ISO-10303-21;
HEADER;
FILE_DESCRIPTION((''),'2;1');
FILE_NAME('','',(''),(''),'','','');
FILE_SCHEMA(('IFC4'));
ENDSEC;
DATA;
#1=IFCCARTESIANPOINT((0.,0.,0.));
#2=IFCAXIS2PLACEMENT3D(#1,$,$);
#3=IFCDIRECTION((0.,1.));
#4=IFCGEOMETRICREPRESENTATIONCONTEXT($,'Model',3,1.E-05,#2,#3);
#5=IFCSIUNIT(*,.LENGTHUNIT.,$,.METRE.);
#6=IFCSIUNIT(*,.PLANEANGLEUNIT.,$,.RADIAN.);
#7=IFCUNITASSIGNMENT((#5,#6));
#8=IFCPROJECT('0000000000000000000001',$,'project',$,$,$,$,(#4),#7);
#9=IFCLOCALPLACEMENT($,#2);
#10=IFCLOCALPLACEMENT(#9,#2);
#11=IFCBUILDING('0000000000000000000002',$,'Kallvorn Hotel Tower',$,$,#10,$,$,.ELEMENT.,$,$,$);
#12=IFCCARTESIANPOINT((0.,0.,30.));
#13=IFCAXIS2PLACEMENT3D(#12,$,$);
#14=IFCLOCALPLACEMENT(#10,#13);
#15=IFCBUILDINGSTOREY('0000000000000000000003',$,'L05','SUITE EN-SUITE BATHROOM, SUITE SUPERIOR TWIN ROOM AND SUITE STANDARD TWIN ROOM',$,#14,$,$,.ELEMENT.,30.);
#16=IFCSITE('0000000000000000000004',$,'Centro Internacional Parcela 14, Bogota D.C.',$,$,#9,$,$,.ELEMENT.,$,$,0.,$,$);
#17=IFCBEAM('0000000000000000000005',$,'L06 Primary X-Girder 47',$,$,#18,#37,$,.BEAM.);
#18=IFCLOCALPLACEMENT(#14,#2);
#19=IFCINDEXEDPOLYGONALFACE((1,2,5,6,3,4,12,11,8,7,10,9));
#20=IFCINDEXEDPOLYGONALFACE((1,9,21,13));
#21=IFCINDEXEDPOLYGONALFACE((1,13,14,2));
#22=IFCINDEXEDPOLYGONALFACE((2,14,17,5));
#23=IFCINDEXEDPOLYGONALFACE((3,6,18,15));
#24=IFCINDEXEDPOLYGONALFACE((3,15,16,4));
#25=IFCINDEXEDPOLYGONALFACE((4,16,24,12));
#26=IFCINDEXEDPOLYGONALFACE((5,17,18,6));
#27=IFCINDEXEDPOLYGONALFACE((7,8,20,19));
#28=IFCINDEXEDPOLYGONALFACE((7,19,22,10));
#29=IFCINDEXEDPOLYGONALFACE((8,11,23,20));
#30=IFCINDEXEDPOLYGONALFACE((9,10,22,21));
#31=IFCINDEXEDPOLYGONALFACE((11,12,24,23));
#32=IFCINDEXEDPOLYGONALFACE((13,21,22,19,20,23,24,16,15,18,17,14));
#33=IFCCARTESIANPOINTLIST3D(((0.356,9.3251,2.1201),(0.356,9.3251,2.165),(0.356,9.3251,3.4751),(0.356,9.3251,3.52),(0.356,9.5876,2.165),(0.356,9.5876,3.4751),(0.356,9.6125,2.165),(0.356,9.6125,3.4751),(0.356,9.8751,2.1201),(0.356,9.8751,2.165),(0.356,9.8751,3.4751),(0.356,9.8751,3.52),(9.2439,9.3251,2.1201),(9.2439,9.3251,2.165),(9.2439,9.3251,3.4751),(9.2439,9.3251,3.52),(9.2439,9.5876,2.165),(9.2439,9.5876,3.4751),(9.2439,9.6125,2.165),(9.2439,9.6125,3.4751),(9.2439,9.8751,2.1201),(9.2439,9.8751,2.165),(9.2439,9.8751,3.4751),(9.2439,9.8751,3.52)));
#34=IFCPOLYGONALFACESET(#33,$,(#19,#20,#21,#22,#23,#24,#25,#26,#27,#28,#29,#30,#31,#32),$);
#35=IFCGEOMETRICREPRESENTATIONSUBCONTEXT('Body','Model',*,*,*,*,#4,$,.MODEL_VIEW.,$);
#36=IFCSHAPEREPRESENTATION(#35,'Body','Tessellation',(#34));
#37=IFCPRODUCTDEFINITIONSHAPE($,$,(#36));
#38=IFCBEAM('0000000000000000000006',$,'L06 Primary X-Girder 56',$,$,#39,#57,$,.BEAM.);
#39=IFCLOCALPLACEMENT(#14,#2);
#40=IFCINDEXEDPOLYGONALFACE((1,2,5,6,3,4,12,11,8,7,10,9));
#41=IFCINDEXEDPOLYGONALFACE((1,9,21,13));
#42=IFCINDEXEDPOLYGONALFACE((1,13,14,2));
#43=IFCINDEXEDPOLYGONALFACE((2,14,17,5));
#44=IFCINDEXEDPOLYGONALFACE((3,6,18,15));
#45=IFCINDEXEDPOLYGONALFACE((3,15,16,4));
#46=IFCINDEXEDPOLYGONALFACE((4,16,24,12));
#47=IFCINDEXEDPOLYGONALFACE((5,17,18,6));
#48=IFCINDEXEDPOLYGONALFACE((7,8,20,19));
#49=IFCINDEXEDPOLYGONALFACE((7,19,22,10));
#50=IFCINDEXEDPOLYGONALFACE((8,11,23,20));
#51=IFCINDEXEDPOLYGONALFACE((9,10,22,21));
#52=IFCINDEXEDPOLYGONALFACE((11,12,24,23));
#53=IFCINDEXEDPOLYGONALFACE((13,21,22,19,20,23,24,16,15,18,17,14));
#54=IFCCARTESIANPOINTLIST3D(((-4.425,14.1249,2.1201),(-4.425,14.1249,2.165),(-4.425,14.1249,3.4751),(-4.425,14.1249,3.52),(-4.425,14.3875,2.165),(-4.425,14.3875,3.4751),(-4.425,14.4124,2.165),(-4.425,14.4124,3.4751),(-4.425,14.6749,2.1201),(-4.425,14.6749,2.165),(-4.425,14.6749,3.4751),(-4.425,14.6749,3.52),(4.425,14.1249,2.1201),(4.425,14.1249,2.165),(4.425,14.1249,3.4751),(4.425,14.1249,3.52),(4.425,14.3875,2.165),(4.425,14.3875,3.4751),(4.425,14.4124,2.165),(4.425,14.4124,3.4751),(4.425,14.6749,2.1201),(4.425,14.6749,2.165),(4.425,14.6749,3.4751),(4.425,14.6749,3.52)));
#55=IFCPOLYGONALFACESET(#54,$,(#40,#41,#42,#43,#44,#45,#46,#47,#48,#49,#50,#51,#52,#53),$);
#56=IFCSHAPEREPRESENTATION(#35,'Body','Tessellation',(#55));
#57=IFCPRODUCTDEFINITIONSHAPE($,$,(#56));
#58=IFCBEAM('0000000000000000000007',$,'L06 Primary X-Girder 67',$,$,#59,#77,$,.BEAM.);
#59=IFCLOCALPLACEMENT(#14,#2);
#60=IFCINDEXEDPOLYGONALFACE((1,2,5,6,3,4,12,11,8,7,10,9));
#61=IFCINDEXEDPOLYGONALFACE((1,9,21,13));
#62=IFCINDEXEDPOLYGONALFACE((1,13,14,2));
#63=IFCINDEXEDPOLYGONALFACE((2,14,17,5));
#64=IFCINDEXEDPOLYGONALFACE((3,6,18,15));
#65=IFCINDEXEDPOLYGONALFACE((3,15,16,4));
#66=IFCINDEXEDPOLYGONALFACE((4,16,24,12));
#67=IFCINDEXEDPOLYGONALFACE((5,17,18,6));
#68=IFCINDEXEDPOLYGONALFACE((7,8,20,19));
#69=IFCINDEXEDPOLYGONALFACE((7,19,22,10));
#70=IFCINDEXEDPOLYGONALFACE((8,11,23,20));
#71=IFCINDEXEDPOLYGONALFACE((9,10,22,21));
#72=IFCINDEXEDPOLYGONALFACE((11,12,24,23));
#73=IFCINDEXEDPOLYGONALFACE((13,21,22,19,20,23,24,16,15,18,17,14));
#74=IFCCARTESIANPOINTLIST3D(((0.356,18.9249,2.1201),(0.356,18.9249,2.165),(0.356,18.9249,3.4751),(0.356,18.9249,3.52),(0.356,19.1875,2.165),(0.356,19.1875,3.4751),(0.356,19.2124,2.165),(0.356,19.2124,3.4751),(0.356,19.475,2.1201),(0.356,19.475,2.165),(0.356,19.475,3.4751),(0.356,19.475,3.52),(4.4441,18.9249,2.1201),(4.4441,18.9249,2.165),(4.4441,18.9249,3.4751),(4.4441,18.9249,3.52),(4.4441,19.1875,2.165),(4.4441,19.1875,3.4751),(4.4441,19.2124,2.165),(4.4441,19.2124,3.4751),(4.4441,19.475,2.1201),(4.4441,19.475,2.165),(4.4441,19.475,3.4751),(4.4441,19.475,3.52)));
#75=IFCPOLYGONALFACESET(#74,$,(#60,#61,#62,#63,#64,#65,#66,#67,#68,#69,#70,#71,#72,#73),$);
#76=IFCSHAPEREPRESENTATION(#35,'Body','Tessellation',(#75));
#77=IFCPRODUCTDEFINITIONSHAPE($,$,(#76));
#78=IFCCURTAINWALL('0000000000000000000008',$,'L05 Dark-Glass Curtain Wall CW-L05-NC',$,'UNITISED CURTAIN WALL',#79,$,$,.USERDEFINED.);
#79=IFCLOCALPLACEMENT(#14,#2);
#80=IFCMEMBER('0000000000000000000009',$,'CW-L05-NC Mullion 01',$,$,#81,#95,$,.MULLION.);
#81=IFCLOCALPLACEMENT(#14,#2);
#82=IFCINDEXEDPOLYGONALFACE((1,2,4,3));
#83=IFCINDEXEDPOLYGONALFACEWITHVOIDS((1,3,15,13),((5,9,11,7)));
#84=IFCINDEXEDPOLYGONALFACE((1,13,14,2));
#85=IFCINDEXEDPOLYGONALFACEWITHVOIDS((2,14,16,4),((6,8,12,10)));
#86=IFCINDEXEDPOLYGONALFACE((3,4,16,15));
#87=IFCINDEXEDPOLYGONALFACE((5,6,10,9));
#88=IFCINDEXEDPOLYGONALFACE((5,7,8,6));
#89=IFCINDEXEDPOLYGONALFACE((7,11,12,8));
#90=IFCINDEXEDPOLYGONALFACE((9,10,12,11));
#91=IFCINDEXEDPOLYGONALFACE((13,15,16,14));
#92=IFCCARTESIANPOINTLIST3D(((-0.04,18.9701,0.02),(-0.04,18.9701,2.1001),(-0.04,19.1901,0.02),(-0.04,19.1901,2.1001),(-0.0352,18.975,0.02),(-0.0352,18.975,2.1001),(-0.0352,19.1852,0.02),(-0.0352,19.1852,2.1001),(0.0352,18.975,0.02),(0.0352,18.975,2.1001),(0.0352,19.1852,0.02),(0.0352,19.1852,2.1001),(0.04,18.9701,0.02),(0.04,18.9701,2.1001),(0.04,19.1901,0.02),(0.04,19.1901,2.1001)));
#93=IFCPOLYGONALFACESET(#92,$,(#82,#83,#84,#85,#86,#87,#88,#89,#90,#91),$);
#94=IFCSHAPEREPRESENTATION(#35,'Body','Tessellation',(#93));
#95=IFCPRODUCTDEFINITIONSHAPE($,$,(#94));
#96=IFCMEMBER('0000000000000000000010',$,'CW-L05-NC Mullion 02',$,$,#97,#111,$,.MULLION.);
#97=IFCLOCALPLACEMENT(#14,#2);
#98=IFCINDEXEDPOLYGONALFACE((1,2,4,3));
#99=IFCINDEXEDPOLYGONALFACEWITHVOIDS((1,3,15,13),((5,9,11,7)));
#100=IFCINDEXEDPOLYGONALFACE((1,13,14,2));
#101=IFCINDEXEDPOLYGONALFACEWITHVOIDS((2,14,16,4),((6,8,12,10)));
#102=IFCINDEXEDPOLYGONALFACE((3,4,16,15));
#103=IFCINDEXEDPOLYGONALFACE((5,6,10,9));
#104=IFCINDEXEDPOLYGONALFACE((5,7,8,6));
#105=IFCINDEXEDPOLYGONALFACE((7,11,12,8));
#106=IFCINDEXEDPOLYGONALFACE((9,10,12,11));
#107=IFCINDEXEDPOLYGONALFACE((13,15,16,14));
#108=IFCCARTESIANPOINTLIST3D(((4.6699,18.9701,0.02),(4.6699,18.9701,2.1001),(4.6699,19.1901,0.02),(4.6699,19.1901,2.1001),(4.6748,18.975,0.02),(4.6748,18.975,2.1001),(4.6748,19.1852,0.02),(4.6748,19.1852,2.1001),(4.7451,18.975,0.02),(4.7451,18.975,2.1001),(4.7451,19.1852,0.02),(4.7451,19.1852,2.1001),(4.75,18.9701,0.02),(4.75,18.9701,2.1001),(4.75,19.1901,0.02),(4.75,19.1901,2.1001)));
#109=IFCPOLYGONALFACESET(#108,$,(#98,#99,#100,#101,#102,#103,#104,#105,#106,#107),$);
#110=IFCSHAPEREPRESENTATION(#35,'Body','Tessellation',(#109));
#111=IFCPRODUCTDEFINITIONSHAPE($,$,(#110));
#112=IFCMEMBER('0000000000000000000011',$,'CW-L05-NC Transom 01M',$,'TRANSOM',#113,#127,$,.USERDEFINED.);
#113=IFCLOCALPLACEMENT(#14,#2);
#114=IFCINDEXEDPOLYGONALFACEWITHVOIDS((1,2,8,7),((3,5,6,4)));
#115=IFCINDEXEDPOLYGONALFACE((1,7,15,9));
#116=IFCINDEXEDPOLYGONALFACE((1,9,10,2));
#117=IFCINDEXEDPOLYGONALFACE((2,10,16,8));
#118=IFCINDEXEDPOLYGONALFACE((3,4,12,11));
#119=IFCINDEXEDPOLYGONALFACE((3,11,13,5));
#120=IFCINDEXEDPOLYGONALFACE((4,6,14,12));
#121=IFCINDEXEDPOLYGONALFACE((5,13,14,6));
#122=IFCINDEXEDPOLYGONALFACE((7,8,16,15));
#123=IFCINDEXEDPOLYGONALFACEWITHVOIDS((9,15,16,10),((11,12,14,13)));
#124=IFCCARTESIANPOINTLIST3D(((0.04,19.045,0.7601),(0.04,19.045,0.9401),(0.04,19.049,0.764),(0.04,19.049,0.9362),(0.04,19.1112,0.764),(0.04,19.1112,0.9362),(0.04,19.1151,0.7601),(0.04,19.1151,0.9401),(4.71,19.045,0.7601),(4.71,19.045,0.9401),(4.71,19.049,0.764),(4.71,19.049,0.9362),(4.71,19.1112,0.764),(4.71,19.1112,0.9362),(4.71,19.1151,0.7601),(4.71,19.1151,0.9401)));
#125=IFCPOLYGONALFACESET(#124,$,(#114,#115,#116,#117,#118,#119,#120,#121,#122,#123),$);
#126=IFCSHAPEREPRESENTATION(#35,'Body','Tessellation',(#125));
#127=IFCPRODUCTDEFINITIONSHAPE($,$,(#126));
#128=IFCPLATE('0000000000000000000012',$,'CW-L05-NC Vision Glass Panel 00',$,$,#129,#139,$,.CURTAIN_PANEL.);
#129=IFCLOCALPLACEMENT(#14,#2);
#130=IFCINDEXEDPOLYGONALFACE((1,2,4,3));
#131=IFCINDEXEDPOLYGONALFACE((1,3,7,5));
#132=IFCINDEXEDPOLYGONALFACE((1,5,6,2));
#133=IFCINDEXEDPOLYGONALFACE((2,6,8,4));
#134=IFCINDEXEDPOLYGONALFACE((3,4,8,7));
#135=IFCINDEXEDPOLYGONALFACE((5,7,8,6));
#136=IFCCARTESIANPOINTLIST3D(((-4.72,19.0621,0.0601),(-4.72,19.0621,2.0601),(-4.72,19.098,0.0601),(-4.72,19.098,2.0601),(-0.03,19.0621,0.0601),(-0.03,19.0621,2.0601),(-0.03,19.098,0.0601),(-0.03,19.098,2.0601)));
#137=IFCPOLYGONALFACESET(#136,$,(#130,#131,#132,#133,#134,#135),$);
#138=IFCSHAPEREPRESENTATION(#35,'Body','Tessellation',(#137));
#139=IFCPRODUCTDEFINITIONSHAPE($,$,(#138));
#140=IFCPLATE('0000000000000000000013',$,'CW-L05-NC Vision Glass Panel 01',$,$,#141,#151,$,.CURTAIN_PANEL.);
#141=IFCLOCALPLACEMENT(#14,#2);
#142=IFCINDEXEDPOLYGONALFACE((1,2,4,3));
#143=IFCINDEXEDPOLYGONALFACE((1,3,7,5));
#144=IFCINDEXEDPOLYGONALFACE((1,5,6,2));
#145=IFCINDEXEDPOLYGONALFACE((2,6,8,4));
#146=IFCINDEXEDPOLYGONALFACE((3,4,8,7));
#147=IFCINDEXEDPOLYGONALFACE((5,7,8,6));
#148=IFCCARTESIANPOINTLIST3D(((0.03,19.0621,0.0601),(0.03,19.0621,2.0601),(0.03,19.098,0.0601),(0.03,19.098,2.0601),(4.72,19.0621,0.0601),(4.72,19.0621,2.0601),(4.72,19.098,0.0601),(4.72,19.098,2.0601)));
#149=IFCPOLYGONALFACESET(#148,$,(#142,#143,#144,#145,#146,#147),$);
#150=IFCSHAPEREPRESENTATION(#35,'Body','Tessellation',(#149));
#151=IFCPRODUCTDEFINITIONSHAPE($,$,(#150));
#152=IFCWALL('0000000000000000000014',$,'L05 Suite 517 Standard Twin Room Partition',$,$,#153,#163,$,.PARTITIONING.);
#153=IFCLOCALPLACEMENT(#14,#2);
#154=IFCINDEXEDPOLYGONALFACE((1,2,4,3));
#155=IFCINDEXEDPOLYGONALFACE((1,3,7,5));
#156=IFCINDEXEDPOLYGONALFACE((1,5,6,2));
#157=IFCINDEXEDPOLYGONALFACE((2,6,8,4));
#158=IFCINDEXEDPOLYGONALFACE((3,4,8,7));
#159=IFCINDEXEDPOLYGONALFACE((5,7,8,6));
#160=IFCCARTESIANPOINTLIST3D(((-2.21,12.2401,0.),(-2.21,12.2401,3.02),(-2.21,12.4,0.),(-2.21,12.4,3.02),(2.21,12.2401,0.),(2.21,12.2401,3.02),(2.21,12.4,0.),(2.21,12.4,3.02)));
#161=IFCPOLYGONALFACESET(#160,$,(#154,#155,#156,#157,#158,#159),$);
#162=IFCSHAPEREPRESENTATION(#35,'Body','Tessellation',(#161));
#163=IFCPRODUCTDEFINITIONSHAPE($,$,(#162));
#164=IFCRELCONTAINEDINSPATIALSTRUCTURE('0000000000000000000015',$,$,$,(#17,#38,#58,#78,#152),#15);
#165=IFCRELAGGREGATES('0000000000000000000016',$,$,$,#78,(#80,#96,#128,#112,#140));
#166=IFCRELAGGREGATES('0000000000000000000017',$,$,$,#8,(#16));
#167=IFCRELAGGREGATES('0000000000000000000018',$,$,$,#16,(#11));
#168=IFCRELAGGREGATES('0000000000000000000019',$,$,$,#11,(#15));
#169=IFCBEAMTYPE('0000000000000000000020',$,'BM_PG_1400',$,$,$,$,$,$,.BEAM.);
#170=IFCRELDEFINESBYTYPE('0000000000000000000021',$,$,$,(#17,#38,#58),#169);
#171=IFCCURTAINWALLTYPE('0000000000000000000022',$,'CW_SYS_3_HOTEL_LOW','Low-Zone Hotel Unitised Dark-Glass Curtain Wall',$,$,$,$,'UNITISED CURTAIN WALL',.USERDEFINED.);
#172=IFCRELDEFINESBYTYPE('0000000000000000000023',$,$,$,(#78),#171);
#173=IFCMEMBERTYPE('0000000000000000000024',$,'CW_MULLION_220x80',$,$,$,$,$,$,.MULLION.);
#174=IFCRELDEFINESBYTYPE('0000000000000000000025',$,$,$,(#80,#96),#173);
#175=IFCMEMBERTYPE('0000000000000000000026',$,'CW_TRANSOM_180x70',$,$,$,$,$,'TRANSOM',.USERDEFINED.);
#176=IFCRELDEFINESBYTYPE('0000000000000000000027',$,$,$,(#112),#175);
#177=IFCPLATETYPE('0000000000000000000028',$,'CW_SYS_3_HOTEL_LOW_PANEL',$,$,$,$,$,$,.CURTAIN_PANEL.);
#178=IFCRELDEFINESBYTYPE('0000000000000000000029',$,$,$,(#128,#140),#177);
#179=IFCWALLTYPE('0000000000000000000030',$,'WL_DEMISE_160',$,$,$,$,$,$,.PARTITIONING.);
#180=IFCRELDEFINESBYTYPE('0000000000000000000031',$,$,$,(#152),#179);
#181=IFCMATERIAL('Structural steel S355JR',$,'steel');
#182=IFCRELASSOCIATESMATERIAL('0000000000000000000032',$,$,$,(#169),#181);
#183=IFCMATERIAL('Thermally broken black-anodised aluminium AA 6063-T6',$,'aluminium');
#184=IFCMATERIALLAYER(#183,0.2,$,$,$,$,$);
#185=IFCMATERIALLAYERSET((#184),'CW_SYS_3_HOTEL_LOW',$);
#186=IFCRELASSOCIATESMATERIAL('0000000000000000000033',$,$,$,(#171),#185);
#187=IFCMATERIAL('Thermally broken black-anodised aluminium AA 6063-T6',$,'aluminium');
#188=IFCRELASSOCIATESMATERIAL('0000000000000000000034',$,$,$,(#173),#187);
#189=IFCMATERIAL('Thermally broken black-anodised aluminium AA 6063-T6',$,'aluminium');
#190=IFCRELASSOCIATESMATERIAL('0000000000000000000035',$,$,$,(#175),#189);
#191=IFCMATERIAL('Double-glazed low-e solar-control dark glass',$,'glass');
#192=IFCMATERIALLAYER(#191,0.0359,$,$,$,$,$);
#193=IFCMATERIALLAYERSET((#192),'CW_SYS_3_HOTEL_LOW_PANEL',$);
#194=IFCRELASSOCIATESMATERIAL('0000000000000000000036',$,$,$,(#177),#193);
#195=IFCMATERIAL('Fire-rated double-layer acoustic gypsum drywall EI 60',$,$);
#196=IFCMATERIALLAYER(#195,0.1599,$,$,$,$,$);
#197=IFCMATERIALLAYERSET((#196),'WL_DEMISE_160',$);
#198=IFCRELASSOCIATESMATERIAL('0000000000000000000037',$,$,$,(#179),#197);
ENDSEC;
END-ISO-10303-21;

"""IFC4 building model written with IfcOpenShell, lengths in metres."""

from ifc_helpers import new_model, si_unit, direction, frame, frame_2d, origin, origin_2d, place, context, subcontext, project, spatial, rectangle, hollow_rectangle, i_section, extrude, material, layer, layer_set, material_profile, profile_set, type_object, element, aggregate, save


model = new_model("IFC4")

# Units and contexts
model_context = context("Model", 3, precision=1e-05, world=origin(), true_north=direction((0.0, 1.0)))
body_context = subcontext(model_context, "Body", "Model", "MODEL_VIEW")
ifc_project = project(units=[si_unit("LENGTHUNIT", "METRE"), si_unit("PLANEANGLEUNIT", "RADIAN")], contexts=[model_context])

# Site, building, storey
site_placement = place(None, origin())
site = spatial("IfcSite", under=ifc_project, at=site_placement, Name="Centro Internacional Parcela 14, Bogota D.C.", CompositionType="ELEMENT", RefElevation=0.0)
building_placement = place(site_placement, origin())
building = spatial("IfcBuilding", under=site, at=building_placement, Name="Kallvorn Hotel Tower", CompositionType="ELEMENT")
storey_placement = place(building_placement, frame((0.0, 0.0, 30.0)))
storey = spatial("IfcBuildingStorey", under=building, at=storey_placement, Name="L05", Description="SUITE EN-SUITE BATHROOM, SUITE SUPERIOR TWIN ROOM AND SUITE STANDARD TWIN ROOM", CompositionType="ELEMENT", Elevation=30.0)

# Beams
ifc_material_1 = material(Name="Structural steel S355JR", Category="steel")
ifc_material_profile_1 = material_profile(ifc_material_1, i_section(OverallWidth=0.55, OverallDepth=1.3999, WebThickness=0.0249, FlangeThickness=0.0449, at=origin_2d()), Name="PG 1400x550x25x45")
ifc_profile_set_1 = profile_set([ifc_material_profile_1], Name="Structural steel S355JR")
beam_type_1 = type_object("IfcBeamType", Name="BM_PG_1400", PredefinedType="BEAM", material=ifc_profile_set_1)
beam_1_placement = place(storey_placement, frame((0.356, 9.6001, 2.8201), z_axis=(1.0, 0.0, 0.0), x_axis=(0.0, 1.0, 0.0)))
element("IfcBeam", 1, at=beam_1_placement, inside=storey, type_object=beam_type_1, Name="L06 Primary X-Girder 47", PredefinedType="BEAM", context=body_context, shape_type="SweptSolid", body=[
    extrude(i_section(OverallWidth=0.55, OverallDepth=1.3999, WebThickness=0.0249, FlangeThickness=0.0449, at=origin_2d()), origin(), (0.0, 0.0, 1.0), 8.8879),
])
beam_2_placement = place(storey_placement, frame((-4.425, 14.3999, 2.8201), z_axis=(1.0, 0.0, 0.0), x_axis=(0.0, 1.0, 0.0)))
element("IfcBeam", 2, at=beam_2_placement, inside=storey, type_object=beam_type_1, Name="L06 Primary X-Girder 56", PredefinedType="BEAM", context=body_context, shape_type="SweptSolid", body=[
    extrude(i_section(OverallWidth=0.55, OverallDepth=1.3999, WebThickness=0.0249, FlangeThickness=0.0449, at=origin_2d()), origin(), (0.0, 0.0, 1.0), 8.8501),
])
beam_3_placement = place(storey_placement, frame((0.356, 19.2, 2.8201), z_axis=(1.0, 0.0, 0.0), x_axis=(0.0, 1.0, 0.0)))
element("IfcBeam", 3, at=beam_3_placement, inside=storey, type_object=beam_type_1, Name="L06 Primary X-Girder 67", PredefinedType="BEAM", context=body_context, shape_type="SweptSolid", body=[
    extrude(i_section(OverallWidth=0.55, OverallDepth=1.3999, WebThickness=0.0249, FlangeThickness=0.0449, at=origin_2d()), origin(), (0.0, 0.0, 1.0), 4.0881),
])

# Curtain wall, members, plates
ifc_material_2 = material(Name="Thermally broken black-anodised aluminium AA 6063-T6", Category="aluminium")
ifc_layer_1 = layer(ifc_material_2, 0.2)
ifc_layer_set_1 = layer_set([ifc_layer_1], Name="CW_SYS_3_HOTEL_LOW")
curtain_wall_type = type_object("IfcCurtainWallType", Name="CW_SYS_3_HOTEL_LOW", Description="Low-Zone Hotel Unitised Dark-Glass Curtain Wall", ElementType="UNITISED CURTAIN WALL", PredefinedType="USERDEFINED", material=ifc_layer_set_1)
curtain_wall_placement = place(storey_placement, origin())
curtain_wall = element("IfcCurtainWall", 4, at=curtain_wall_placement, inside=storey, type_object=curtain_wall_type, Name="L05 Dark-Glass Curtain Wall CW-L05-NC", ObjectType="UNITISED CURTAIN WALL", PredefinedType="USERDEFINED")
ifc_material_3 = material(Name="Thermally broken black-anodised aluminium AA 6063-T6", Category="aluminium")
ifc_material_profile_2 = material_profile(ifc_material_3, hollow_rectangle(XDim=0.0801, YDim=0.22, WallThickness=0.0049, at=origin_2d()), Name="MUL 220x80")
ifc_profile_set_2 = profile_set([ifc_material_profile_2], Name="Thermally broken black-anodised aluminium AA 6063-T6")
member_type_1 = type_object("IfcMemberType", Name="CW_MULLION_220x80", PredefinedType="MULLION", material=ifc_profile_set_2)
member_1_placement = place(storey_placement, frame((0.0, 19.0801, 0.02), z_axis=(0.0, 0.0, 1.0), x_axis=(1.0, 0.0, 0.0)))
member_1 = element("IfcMember", 5, at=member_1_placement, type_object=member_type_1, Name="CW-L05-NC Mullion 01", PredefinedType="MULLION", context=body_context, shape_type="SweptSolid", body=[
    extrude(hollow_rectangle(XDim=0.0801, YDim=0.22, WallThickness=0.0049, at=origin_2d()), origin(), (0.0, 0.0, 1.0), 2.0801),
])
member_2_placement = place(storey_placement, frame((4.71, 19.0801, 0.02), z_axis=(0.0, 0.0, 1.0), x_axis=(1.0, 0.0, 0.0)))
member_2 = element("IfcMember", 6, at=member_2_placement, type_object=member_type_1, Name="CW-L05-NC Mullion 02", PredefinedType="MULLION", context=body_context, shape_type="SweptSolid", body=[
    extrude(hollow_rectangle(XDim=0.0801, YDim=0.22, WallThickness=0.0049, at=origin_2d()), origin(), (0.0, 0.0, 1.0), 2.0801),
])
ifc_material_4 = material(Name="Thermally broken black-anodised aluminium AA 6063-T6", Category="aluminium")
ifc_material_profile_3 = material_profile(ifc_material_4, hollow_rectangle(XDim=0.0701, YDim=0.1799, WallThickness=0.0039, at=origin_2d()), Name="TRN 180x70")
ifc_profile_set_3 = profile_set([ifc_material_profile_3], Name="Thermally broken black-anodised aluminium AA 6063-T6")
member_type_2 = type_object("IfcMemberType", Name="CW_TRANSOM_180x70", ElementType="TRANSOM", PredefinedType="USERDEFINED", material=ifc_profile_set_3)
member_3_placement = place(storey_placement, frame((0.04, 19.0801, 0.8501), z_axis=(1.0, 0.0, 0.0), x_axis=(0.0, 1.0, 0.0)))
member_3 = element("IfcMember", 7, at=member_3_placement, type_object=member_type_2, Name="CW-L05-NC Transom 01M", ObjectType="TRANSOM", PredefinedType="USERDEFINED", context=body_context, shape_type="SweptSolid", body=[
    extrude(hollow_rectangle(XDim=0.0701, YDim=0.1799, WallThickness=0.0039, at=origin_2d()), origin(), (0.0, 0.0, 1.0), 4.6699),
])
ifc_material_5 = material(Name="Double-glazed low-e solar-control dark glass", Category="glass")
ifc_layer_2 = layer(ifc_material_5, 0.0359)
ifc_layer_set_2 = layer_set([ifc_layer_2], Name="CW_SYS_3_HOTEL_LOW_PANEL")
plate_type = type_object("IfcPlateType", Name="CW_SYS_3_HOTEL_LOW_PANEL", PredefinedType="CURTAIN_PANEL", material=ifc_layer_set_2)
plate_1_placement = place(storey_placement, frame((-2.375, 19.0801, 0.0601), z_axis=(0.0, 0.0, 1.0), x_axis=(1.0, 0.0, 0.0)))
plate_1 = element("IfcPlate", 8, at=plate_1_placement, type_object=plate_type, Name="CW-L05-NC Vision Glass Panel 00", PredefinedType="CURTAIN_PANEL", context=body_context, shape_type="SweptSolid", body=[
    extrude(rectangle(XDim=4.6899, YDim=0.0359, at=origin_2d()), origin(), (0.0, 0.0, 1.0), 2.0),
])
plate_2_placement = place(storey_placement, frame((2.375, 19.0801, 0.0601), z_axis=(0.0, 0.0, 1.0), x_axis=(1.0, 0.0, 0.0)))
plate_2 = element("IfcPlate", 9, at=plate_2_placement, type_object=plate_type, Name="CW-L05-NC Vision Glass Panel 01", PredefinedType="CURTAIN_PANEL", context=body_context, shape_type="SweptSolid", body=[
    extrude(rectangle(XDim=4.6899, YDim=0.0359, at=origin_2d()), origin(), (0.0, 0.0, 1.0), 2.0),
])
aggregate(curtain_wall, [member_1, member_2, plate_1, member_3, plate_2])

# Wall
ifc_material_6 = material(Name="Fire-rated double-layer acoustic gypsum drywall EI 60")
ifc_layer_3 = layer(ifc_material_6, 0.1599)
ifc_layer_set_3 = layer_set([ifc_layer_3], Name="WL_DEMISE_160")
wall_type_1 = type_object("IfcWallType", Name="WL_DEMISE_160", PredefinedType="PARTITIONING", material=ifc_layer_set_3)
wall_1_placement = place(storey_placement, frame((-2.21, 12.3201, 0.0), z_axis=(0.0, 0.0, 1.0), x_axis=(1.0, 0.0, 0.0)))
element("IfcWall", 10, at=wall_1_placement, inside=storey, type_object=wall_type_1, Name="L05 Suite 517 Standard Twin Room Partition", PredefinedType="PARTITIONING", context=body_context, shape_type="SweptSolid", body=[
    extrude(rectangle(XDim=4.4199, YDim=0.1599, at=frame_2d((2.21, 0.0))), origin(), (0.0, 0.0, 1.0), 3.02),
])

save(model, "model.ifc")
